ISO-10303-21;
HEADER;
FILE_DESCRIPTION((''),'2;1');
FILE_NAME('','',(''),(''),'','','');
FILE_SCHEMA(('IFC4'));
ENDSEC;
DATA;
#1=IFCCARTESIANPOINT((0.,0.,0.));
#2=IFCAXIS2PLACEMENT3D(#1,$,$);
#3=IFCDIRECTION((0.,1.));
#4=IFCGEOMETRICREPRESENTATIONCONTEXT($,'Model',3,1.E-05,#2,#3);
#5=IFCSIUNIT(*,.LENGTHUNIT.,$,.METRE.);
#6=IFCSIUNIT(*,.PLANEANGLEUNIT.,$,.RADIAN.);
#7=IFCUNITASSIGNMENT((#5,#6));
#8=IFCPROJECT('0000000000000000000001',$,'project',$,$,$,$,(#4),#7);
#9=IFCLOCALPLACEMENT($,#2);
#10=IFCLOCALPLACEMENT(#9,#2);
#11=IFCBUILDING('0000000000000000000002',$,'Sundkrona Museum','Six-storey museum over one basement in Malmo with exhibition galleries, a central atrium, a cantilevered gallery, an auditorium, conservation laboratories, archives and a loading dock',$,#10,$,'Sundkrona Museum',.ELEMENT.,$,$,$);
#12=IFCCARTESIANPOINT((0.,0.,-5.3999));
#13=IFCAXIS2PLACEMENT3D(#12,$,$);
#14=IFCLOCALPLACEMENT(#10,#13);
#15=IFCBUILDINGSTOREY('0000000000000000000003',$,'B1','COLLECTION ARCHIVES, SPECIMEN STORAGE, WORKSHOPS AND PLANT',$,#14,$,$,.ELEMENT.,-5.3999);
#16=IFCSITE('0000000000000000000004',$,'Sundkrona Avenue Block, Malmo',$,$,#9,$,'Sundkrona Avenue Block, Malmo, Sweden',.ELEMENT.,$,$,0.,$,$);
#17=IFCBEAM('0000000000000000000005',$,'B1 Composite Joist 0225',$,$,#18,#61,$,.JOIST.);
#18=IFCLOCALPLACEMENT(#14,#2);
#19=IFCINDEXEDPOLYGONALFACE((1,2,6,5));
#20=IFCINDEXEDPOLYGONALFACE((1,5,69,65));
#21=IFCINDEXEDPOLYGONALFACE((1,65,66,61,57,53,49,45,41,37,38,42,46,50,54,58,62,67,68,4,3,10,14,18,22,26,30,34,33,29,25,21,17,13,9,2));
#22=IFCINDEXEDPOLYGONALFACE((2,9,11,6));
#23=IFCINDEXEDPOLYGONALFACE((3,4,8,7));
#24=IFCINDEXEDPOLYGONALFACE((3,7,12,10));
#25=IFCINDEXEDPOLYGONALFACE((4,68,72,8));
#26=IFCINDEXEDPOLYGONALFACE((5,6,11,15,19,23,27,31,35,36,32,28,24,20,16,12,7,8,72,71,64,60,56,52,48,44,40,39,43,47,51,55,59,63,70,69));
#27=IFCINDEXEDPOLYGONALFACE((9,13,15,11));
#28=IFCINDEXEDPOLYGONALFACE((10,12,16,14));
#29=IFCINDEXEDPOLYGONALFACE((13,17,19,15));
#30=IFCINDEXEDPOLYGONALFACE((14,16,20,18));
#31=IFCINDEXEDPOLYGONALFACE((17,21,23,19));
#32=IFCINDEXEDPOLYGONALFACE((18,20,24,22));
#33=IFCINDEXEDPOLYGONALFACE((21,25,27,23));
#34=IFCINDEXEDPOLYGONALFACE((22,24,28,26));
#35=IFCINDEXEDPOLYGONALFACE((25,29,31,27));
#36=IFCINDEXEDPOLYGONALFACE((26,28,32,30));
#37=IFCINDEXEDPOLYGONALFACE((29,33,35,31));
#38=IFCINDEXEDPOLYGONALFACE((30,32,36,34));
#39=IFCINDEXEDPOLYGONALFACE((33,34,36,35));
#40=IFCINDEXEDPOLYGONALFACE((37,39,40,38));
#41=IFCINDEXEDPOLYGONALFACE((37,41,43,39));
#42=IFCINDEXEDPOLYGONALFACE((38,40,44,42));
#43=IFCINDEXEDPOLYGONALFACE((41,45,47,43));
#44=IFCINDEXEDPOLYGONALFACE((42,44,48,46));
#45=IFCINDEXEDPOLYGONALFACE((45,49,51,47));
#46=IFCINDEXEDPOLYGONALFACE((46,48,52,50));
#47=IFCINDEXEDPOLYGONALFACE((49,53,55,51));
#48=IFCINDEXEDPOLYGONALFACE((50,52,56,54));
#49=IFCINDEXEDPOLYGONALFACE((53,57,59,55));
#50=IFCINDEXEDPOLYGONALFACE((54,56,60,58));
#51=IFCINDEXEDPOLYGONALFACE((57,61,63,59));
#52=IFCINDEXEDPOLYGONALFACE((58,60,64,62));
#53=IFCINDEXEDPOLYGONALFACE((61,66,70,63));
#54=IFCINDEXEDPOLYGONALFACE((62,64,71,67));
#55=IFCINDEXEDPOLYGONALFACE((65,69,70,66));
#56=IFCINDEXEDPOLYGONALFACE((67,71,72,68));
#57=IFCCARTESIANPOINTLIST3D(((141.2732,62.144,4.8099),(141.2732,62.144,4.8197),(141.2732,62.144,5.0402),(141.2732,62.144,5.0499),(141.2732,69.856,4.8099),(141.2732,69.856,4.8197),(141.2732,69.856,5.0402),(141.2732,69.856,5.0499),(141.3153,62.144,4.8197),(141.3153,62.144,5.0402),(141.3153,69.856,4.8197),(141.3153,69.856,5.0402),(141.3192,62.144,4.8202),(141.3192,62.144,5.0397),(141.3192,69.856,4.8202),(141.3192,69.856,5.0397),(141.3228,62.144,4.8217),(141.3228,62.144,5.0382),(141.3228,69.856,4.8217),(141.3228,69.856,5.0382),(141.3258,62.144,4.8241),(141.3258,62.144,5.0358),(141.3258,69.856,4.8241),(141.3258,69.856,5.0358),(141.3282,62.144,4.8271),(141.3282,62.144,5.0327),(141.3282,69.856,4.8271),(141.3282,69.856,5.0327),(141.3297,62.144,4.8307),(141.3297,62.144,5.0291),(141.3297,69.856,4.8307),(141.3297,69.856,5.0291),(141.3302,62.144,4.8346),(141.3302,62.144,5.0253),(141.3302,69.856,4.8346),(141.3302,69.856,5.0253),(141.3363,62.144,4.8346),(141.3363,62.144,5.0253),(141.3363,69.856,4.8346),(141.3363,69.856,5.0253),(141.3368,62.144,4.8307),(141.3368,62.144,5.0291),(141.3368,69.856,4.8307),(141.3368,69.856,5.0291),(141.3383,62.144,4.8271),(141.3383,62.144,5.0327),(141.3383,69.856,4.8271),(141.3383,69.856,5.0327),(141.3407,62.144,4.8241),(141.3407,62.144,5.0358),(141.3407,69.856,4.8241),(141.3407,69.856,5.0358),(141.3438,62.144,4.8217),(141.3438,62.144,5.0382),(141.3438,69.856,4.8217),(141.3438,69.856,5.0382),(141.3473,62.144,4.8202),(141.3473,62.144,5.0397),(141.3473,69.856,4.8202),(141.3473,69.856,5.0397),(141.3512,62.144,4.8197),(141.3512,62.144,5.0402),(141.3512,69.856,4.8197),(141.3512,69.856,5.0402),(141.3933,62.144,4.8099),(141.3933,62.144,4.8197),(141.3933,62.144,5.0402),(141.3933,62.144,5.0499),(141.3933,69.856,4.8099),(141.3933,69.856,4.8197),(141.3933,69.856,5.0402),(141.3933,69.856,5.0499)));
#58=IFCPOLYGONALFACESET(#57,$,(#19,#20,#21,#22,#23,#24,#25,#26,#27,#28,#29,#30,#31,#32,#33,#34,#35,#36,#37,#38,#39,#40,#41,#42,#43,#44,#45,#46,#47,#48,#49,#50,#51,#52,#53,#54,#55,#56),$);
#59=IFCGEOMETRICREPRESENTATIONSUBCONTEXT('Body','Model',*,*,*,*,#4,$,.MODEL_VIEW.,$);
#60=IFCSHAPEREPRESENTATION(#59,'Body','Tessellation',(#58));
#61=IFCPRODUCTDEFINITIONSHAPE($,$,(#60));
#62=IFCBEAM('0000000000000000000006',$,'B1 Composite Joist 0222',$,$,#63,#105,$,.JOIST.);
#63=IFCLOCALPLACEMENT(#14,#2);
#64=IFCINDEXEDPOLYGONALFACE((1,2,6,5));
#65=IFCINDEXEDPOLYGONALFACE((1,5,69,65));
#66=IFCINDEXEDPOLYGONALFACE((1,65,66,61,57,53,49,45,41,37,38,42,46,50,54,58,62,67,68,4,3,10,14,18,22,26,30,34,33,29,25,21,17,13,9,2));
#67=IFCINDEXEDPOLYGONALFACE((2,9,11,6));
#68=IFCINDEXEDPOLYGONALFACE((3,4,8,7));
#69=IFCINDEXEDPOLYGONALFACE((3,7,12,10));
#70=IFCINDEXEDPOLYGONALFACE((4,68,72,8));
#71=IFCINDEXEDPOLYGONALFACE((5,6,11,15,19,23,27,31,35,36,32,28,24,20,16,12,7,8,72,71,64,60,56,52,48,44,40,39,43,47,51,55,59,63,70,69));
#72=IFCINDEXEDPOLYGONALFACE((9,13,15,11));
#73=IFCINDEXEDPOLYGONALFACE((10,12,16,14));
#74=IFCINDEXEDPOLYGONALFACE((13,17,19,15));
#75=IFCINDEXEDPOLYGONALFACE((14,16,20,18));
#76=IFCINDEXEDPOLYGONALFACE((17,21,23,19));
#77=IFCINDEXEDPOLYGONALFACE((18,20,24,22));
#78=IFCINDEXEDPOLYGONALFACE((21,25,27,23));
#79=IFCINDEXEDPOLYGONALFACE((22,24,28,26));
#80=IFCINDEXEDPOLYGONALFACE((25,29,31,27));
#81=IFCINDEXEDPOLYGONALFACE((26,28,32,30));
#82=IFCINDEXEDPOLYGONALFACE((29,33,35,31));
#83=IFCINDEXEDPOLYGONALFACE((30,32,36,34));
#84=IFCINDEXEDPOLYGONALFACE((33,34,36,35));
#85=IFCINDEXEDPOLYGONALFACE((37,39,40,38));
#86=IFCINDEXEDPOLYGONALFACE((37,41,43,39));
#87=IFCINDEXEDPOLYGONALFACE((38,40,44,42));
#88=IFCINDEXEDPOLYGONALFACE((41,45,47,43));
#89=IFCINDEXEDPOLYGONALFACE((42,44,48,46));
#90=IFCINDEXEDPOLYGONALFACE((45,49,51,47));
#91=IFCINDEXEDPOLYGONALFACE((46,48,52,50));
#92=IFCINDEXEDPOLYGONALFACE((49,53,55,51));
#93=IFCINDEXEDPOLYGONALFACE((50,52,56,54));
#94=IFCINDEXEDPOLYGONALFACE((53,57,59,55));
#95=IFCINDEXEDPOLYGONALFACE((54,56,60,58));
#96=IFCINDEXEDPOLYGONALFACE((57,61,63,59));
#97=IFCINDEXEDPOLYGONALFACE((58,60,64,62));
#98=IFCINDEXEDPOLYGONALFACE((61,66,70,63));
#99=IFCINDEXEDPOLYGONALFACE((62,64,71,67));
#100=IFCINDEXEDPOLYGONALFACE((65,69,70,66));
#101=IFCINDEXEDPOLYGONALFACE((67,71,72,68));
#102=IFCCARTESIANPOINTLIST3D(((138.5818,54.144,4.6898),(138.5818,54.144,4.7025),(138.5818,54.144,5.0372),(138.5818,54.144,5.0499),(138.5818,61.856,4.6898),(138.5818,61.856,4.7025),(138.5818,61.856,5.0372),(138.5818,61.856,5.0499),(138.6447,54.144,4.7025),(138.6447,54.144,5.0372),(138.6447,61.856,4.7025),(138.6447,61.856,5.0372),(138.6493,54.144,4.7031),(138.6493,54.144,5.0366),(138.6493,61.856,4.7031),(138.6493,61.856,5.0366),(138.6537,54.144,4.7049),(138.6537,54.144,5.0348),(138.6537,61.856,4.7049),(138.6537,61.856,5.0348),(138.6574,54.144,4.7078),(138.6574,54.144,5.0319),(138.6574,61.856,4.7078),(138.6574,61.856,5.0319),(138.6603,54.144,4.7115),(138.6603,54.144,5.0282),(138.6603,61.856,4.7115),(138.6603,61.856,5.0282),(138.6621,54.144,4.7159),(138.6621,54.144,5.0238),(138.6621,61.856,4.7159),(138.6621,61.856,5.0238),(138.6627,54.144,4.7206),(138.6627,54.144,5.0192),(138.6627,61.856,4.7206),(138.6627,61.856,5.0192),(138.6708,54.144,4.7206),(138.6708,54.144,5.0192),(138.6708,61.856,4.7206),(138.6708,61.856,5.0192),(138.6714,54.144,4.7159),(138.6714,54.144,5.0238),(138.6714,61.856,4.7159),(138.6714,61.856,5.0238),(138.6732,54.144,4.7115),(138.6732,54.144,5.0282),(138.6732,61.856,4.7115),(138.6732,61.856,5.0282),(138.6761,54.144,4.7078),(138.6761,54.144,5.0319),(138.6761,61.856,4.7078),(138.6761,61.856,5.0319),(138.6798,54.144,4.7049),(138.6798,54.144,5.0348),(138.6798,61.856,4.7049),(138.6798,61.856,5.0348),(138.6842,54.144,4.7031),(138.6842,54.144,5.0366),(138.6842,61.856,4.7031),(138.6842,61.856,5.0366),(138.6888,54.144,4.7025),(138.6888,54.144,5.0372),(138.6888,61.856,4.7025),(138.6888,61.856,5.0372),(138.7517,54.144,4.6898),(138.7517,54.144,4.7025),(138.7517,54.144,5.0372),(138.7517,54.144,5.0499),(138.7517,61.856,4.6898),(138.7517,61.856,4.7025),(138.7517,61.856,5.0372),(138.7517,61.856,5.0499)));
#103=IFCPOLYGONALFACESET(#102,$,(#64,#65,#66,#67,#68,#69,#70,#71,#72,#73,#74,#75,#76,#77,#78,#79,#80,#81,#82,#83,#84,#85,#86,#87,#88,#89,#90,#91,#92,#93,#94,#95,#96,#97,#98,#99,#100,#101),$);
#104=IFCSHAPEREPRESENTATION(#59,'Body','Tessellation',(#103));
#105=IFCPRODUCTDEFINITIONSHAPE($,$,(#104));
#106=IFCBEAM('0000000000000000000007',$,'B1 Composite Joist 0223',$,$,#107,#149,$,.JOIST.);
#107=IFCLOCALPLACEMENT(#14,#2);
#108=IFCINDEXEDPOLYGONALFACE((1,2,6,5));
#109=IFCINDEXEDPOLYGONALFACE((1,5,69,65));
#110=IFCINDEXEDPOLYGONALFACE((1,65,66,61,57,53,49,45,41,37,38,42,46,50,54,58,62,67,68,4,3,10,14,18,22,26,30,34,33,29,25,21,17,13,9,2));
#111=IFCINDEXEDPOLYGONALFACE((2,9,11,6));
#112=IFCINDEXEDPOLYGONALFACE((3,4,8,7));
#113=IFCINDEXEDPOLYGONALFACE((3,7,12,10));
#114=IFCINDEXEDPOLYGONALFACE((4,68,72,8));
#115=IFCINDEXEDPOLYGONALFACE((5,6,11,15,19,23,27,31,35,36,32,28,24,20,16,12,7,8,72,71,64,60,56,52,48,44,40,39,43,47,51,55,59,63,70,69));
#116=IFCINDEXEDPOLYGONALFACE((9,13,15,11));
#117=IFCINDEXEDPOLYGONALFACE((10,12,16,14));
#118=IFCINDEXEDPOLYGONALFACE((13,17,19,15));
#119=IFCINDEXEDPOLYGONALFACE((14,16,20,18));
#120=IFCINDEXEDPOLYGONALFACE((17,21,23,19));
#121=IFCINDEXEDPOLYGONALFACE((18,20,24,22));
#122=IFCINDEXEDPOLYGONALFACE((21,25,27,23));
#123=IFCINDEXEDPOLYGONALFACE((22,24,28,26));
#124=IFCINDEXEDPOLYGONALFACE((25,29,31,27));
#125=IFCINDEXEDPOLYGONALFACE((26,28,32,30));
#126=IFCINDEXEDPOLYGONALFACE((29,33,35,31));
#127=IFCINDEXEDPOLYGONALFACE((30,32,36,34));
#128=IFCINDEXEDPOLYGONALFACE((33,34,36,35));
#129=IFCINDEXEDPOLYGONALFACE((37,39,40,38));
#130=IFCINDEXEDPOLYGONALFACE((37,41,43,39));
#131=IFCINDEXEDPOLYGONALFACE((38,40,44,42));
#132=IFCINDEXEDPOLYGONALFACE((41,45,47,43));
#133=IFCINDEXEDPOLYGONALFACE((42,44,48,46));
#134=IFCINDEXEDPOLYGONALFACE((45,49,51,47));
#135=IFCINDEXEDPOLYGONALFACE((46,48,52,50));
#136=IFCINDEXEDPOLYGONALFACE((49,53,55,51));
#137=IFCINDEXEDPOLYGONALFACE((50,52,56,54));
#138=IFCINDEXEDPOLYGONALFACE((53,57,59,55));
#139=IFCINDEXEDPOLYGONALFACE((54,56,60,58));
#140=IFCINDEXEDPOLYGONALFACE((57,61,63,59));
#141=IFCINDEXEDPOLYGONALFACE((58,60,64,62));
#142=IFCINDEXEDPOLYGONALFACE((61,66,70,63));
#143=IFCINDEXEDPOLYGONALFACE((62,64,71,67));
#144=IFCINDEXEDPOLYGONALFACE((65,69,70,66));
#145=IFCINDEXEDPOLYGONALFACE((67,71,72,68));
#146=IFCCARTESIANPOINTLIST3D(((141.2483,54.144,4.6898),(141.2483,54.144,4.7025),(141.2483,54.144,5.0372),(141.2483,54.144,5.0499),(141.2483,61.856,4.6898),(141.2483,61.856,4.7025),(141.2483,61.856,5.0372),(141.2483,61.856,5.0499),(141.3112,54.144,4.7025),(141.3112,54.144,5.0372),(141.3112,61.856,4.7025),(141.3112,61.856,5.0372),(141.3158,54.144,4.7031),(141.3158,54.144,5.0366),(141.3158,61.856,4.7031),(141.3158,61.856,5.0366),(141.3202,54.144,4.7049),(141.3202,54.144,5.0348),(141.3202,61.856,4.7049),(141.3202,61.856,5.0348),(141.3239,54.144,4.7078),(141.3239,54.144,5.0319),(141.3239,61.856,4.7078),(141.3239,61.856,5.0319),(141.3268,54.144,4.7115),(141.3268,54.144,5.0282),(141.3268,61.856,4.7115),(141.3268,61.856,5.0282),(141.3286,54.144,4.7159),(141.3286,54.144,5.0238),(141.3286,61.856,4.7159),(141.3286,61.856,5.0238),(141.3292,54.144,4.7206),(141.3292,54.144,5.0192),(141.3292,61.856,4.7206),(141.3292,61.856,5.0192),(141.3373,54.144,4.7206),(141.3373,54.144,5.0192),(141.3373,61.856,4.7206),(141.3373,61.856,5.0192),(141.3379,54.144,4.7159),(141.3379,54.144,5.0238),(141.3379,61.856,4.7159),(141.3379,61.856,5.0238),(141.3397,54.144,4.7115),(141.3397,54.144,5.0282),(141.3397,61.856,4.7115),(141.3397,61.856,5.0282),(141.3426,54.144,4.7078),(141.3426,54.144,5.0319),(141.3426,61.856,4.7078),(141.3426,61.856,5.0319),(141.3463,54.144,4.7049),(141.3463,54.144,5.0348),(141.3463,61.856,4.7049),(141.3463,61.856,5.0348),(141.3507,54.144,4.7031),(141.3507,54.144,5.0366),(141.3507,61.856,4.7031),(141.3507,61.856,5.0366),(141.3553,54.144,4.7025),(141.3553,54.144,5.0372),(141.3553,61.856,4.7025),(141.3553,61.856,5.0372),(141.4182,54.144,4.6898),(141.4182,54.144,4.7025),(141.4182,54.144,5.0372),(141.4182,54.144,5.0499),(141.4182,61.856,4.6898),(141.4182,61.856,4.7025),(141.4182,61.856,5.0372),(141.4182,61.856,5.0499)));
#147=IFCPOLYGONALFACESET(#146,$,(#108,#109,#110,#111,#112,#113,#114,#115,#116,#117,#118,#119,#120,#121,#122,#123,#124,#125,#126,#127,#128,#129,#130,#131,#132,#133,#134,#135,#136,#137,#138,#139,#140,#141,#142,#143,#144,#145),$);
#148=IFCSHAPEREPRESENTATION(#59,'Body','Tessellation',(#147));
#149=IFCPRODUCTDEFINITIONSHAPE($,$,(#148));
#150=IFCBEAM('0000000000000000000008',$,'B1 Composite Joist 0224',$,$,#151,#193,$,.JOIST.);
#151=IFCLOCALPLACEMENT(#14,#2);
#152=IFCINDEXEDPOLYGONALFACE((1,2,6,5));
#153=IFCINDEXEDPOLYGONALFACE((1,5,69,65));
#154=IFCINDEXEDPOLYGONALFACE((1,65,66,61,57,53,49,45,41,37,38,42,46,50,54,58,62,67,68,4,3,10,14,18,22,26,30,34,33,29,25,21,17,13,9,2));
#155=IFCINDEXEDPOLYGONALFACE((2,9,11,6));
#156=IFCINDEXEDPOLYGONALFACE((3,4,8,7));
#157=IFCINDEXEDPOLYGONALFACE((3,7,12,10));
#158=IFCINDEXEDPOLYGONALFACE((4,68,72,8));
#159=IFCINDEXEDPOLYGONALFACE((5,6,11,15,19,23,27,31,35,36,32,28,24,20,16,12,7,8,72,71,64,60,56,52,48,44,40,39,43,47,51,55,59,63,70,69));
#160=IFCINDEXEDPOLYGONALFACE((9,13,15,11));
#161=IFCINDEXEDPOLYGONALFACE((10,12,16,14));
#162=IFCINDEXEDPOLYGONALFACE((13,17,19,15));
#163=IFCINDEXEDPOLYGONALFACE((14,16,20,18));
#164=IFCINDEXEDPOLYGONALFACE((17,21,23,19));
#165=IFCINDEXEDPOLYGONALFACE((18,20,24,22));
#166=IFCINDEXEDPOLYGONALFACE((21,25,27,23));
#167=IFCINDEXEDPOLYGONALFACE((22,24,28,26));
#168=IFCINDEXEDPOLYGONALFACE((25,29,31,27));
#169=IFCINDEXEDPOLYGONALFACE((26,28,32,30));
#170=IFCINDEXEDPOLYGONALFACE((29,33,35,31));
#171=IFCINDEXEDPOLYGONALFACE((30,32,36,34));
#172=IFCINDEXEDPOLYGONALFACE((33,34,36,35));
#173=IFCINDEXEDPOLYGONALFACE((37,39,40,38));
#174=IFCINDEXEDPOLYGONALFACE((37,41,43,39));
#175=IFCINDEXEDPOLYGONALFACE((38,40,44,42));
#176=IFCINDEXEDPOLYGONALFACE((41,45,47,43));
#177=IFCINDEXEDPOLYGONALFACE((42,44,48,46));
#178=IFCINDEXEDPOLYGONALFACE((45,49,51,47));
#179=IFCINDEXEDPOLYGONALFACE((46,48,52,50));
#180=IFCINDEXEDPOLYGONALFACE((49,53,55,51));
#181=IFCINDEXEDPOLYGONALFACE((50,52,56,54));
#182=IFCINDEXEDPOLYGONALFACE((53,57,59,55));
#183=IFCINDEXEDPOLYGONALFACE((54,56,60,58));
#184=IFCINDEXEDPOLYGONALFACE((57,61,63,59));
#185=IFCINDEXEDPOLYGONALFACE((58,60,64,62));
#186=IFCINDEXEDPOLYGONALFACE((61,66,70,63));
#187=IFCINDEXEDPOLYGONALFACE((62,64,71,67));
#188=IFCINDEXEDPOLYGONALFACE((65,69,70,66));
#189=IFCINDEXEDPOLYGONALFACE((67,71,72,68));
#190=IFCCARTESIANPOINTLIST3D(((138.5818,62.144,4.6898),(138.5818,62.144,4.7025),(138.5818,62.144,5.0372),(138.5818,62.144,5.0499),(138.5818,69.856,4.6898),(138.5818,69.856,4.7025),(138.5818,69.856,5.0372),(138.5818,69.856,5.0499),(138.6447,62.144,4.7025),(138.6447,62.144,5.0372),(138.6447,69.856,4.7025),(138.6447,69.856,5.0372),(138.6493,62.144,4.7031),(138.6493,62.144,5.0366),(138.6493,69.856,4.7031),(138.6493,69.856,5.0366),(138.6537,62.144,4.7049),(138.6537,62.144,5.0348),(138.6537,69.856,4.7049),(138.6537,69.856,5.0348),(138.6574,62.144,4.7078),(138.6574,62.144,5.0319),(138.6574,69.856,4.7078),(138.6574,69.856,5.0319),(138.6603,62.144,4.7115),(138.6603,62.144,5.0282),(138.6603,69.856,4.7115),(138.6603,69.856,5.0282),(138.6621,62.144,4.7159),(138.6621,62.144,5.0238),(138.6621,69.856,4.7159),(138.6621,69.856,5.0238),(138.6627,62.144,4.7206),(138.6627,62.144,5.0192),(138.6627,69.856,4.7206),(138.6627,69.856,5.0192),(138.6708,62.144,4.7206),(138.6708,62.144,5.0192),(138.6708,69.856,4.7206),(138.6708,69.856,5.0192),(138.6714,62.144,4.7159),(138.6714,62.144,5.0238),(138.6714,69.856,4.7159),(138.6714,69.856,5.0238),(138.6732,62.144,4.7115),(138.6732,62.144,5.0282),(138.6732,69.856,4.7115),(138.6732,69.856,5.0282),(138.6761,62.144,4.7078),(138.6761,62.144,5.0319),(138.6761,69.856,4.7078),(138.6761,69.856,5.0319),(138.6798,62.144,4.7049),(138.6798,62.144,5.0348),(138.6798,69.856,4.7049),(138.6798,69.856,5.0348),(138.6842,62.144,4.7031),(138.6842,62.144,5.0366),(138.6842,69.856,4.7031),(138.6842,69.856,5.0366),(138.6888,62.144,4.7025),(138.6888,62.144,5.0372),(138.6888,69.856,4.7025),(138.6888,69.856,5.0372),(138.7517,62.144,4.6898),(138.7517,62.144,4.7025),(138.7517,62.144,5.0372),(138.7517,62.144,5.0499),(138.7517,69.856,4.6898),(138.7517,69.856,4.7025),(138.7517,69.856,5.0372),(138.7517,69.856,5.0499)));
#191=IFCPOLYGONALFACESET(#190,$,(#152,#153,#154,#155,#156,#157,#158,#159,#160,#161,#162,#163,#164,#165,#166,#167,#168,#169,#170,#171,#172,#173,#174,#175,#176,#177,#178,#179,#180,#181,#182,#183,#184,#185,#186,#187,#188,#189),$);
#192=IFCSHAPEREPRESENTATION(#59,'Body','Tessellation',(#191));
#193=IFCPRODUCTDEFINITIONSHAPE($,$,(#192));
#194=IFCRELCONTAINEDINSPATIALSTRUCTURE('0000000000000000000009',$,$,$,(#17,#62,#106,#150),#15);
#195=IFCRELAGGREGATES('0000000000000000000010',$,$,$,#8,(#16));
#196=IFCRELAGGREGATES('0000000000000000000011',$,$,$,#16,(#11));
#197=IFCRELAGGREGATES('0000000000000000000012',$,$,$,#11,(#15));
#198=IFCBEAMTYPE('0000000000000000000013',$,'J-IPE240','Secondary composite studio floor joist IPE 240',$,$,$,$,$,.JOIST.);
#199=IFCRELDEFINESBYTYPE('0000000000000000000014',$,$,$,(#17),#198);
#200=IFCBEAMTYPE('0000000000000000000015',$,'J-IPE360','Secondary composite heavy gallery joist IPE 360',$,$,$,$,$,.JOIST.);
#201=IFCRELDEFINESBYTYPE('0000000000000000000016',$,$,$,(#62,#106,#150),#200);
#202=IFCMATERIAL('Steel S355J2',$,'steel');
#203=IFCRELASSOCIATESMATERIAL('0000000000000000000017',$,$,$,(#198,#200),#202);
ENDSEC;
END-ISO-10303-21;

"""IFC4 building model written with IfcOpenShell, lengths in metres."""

from ifc_helpers import new_model, si_unit, direction, frame, origin, origin_2d, place, context, subcontext, project, spatial, i_section, extrude, material, material_profile, profile_set, type_object, element, save


model = new_model("IFC4")

# Units and contexts
model_context = context("Model", 3, precision=1e-05, world=origin(), true_north=direction((0.0, 1.0)))
body_context = subcontext(model_context, "Body", "Model", "MODEL_VIEW")
ifc_project = project(units=[si_unit("LENGTHUNIT", "METRE"), si_unit("PLANEANGLEUNIT", "RADIAN")], contexts=[model_context])

# Site, building, storey
site_placement = place(None, origin())
site = spatial("IfcSite", under=ifc_project, at=site_placement, Name="Sundkrona Avenue Block, Malmo", LongName="Sundkrona Avenue Block, Malmo, Sweden", CompositionType="ELEMENT", RefElevation=0.0)
building_placement = place(site_placement, origin())
building = spatial("IfcBuilding", under=site, at=building_placement, Name="Sundkrona Museum", Description="Six-storey museum over one basement in Malmo with exhibition galleries, a central atrium, a cantilevered gallery, an auditorium, conservation laboratories, archives and a loading dock", LongName="Sundkrona Museum", CompositionType="ELEMENT")
storey_placement = place(building_placement, frame((0.0, 0.0, -5.3999)))
storey = spatial("IfcBuildingStorey", under=building, at=storey_placement, Name="B1", Description="COLLECTION ARCHIVES, SPECIMEN STORAGE, WORKSHOPS AND PLANT", CompositionType="ELEMENT", Elevation=-5.3999)

# Beams
ifc_material_1 = material(Name="Steel S355J2", Category="steel")
ifc_material_profile_1 = material_profile(ifc_material_1, i_section(OverallWidth=0.1201, OverallDepth=0.24, WebThickness=0.0061, FlangeThickness=0.0098, FilletRadius=0.0149, at=origin_2d()), Name="IPE 240")
ifc_profile_set_1 = profile_set([ifc_material_profile_1], Name="Steel S355J2")
beam_type_1 = type_object("IfcBeamType", Name="J-IPE240", Description="Secondary composite studio floor joist IPE 240", PredefinedType="JOIST", material=ifc_profile_set_1)
beam_1_placement = place(storey_placement, frame((141.3333, 62.144, 4.9299), z_axis=(0.0, 1.0, 0.0), x_axis=(-1.0, 0.0, 0.0)))
element("IfcBeam", 1, at=beam_1_placement, inside=storey, type_object=beam_type_1, Name="B1 Composite Joist 0225", PredefinedType="JOIST", context=body_context, shape_type="SweptSolid", body=[
    extrude(i_section(OverallWidth=0.1201, OverallDepth=0.24, WebThickness=0.0061, FlangeThickness=0.0098, FilletRadius=0.0149, at=origin_2d()), origin(), (0.0, 0.0, 1.0), 7.7119),
])
ifc_material_profile_2 = material_profile(ifc_material_1, i_section(OverallWidth=0.1699, OverallDepth=0.3601, WebThickness=0.0081, FlangeThickness=0.0127, FilletRadius=0.0181, at=origin_2d()), Name="IPE 360")
ifc_profile_set_2 = profile_set([ifc_material_profile_2], Name="Steel S355J2")
beam_type_2 = type_object("IfcBeamType", Name="J-IPE360", Description="Secondary composite heavy gallery joist IPE 360", PredefinedType="JOIST", material=ifc_profile_set_2)
for number, where, z_axis, x_axis, name in (
    (2, (138.6667, 54.144, 4.8699), (0.0, 1.0, 0.0), (-1.0, 0.0, 0.0), "B1 Composite Joist 0222"),
    (3, (141.3333, 54.144, 4.8699), (0.0, 1.0, 0.0), (-1.0, 0.0, 0.0), "B1 Composite Joist 0223"),
    (4, (138.6667, 62.144, 4.8699), (0.0, 1.0, 0.0), (-1.0, 0.0, 0.0), "B1 Composite Joist 0224"),
):
    element("IfcBeam", number, at=place(storey_placement, frame(where, z_axis=z_axis, x_axis=x_axis)), inside=storey, type_object=beam_type_2, Name=name, PredefinedType="JOIST", context=body_context, shape_type="SweptSolid", body=[
        extrude(i_section(OverallWidth=0.1699, OverallDepth=0.3601, WebThickness=0.0081, FlangeThickness=0.0127, FilletRadius=0.0181, at=origin_2d()), origin(), (0.0, 0.0, 1.0), 7.7119),
    ])

save(model, "model.ifc")
